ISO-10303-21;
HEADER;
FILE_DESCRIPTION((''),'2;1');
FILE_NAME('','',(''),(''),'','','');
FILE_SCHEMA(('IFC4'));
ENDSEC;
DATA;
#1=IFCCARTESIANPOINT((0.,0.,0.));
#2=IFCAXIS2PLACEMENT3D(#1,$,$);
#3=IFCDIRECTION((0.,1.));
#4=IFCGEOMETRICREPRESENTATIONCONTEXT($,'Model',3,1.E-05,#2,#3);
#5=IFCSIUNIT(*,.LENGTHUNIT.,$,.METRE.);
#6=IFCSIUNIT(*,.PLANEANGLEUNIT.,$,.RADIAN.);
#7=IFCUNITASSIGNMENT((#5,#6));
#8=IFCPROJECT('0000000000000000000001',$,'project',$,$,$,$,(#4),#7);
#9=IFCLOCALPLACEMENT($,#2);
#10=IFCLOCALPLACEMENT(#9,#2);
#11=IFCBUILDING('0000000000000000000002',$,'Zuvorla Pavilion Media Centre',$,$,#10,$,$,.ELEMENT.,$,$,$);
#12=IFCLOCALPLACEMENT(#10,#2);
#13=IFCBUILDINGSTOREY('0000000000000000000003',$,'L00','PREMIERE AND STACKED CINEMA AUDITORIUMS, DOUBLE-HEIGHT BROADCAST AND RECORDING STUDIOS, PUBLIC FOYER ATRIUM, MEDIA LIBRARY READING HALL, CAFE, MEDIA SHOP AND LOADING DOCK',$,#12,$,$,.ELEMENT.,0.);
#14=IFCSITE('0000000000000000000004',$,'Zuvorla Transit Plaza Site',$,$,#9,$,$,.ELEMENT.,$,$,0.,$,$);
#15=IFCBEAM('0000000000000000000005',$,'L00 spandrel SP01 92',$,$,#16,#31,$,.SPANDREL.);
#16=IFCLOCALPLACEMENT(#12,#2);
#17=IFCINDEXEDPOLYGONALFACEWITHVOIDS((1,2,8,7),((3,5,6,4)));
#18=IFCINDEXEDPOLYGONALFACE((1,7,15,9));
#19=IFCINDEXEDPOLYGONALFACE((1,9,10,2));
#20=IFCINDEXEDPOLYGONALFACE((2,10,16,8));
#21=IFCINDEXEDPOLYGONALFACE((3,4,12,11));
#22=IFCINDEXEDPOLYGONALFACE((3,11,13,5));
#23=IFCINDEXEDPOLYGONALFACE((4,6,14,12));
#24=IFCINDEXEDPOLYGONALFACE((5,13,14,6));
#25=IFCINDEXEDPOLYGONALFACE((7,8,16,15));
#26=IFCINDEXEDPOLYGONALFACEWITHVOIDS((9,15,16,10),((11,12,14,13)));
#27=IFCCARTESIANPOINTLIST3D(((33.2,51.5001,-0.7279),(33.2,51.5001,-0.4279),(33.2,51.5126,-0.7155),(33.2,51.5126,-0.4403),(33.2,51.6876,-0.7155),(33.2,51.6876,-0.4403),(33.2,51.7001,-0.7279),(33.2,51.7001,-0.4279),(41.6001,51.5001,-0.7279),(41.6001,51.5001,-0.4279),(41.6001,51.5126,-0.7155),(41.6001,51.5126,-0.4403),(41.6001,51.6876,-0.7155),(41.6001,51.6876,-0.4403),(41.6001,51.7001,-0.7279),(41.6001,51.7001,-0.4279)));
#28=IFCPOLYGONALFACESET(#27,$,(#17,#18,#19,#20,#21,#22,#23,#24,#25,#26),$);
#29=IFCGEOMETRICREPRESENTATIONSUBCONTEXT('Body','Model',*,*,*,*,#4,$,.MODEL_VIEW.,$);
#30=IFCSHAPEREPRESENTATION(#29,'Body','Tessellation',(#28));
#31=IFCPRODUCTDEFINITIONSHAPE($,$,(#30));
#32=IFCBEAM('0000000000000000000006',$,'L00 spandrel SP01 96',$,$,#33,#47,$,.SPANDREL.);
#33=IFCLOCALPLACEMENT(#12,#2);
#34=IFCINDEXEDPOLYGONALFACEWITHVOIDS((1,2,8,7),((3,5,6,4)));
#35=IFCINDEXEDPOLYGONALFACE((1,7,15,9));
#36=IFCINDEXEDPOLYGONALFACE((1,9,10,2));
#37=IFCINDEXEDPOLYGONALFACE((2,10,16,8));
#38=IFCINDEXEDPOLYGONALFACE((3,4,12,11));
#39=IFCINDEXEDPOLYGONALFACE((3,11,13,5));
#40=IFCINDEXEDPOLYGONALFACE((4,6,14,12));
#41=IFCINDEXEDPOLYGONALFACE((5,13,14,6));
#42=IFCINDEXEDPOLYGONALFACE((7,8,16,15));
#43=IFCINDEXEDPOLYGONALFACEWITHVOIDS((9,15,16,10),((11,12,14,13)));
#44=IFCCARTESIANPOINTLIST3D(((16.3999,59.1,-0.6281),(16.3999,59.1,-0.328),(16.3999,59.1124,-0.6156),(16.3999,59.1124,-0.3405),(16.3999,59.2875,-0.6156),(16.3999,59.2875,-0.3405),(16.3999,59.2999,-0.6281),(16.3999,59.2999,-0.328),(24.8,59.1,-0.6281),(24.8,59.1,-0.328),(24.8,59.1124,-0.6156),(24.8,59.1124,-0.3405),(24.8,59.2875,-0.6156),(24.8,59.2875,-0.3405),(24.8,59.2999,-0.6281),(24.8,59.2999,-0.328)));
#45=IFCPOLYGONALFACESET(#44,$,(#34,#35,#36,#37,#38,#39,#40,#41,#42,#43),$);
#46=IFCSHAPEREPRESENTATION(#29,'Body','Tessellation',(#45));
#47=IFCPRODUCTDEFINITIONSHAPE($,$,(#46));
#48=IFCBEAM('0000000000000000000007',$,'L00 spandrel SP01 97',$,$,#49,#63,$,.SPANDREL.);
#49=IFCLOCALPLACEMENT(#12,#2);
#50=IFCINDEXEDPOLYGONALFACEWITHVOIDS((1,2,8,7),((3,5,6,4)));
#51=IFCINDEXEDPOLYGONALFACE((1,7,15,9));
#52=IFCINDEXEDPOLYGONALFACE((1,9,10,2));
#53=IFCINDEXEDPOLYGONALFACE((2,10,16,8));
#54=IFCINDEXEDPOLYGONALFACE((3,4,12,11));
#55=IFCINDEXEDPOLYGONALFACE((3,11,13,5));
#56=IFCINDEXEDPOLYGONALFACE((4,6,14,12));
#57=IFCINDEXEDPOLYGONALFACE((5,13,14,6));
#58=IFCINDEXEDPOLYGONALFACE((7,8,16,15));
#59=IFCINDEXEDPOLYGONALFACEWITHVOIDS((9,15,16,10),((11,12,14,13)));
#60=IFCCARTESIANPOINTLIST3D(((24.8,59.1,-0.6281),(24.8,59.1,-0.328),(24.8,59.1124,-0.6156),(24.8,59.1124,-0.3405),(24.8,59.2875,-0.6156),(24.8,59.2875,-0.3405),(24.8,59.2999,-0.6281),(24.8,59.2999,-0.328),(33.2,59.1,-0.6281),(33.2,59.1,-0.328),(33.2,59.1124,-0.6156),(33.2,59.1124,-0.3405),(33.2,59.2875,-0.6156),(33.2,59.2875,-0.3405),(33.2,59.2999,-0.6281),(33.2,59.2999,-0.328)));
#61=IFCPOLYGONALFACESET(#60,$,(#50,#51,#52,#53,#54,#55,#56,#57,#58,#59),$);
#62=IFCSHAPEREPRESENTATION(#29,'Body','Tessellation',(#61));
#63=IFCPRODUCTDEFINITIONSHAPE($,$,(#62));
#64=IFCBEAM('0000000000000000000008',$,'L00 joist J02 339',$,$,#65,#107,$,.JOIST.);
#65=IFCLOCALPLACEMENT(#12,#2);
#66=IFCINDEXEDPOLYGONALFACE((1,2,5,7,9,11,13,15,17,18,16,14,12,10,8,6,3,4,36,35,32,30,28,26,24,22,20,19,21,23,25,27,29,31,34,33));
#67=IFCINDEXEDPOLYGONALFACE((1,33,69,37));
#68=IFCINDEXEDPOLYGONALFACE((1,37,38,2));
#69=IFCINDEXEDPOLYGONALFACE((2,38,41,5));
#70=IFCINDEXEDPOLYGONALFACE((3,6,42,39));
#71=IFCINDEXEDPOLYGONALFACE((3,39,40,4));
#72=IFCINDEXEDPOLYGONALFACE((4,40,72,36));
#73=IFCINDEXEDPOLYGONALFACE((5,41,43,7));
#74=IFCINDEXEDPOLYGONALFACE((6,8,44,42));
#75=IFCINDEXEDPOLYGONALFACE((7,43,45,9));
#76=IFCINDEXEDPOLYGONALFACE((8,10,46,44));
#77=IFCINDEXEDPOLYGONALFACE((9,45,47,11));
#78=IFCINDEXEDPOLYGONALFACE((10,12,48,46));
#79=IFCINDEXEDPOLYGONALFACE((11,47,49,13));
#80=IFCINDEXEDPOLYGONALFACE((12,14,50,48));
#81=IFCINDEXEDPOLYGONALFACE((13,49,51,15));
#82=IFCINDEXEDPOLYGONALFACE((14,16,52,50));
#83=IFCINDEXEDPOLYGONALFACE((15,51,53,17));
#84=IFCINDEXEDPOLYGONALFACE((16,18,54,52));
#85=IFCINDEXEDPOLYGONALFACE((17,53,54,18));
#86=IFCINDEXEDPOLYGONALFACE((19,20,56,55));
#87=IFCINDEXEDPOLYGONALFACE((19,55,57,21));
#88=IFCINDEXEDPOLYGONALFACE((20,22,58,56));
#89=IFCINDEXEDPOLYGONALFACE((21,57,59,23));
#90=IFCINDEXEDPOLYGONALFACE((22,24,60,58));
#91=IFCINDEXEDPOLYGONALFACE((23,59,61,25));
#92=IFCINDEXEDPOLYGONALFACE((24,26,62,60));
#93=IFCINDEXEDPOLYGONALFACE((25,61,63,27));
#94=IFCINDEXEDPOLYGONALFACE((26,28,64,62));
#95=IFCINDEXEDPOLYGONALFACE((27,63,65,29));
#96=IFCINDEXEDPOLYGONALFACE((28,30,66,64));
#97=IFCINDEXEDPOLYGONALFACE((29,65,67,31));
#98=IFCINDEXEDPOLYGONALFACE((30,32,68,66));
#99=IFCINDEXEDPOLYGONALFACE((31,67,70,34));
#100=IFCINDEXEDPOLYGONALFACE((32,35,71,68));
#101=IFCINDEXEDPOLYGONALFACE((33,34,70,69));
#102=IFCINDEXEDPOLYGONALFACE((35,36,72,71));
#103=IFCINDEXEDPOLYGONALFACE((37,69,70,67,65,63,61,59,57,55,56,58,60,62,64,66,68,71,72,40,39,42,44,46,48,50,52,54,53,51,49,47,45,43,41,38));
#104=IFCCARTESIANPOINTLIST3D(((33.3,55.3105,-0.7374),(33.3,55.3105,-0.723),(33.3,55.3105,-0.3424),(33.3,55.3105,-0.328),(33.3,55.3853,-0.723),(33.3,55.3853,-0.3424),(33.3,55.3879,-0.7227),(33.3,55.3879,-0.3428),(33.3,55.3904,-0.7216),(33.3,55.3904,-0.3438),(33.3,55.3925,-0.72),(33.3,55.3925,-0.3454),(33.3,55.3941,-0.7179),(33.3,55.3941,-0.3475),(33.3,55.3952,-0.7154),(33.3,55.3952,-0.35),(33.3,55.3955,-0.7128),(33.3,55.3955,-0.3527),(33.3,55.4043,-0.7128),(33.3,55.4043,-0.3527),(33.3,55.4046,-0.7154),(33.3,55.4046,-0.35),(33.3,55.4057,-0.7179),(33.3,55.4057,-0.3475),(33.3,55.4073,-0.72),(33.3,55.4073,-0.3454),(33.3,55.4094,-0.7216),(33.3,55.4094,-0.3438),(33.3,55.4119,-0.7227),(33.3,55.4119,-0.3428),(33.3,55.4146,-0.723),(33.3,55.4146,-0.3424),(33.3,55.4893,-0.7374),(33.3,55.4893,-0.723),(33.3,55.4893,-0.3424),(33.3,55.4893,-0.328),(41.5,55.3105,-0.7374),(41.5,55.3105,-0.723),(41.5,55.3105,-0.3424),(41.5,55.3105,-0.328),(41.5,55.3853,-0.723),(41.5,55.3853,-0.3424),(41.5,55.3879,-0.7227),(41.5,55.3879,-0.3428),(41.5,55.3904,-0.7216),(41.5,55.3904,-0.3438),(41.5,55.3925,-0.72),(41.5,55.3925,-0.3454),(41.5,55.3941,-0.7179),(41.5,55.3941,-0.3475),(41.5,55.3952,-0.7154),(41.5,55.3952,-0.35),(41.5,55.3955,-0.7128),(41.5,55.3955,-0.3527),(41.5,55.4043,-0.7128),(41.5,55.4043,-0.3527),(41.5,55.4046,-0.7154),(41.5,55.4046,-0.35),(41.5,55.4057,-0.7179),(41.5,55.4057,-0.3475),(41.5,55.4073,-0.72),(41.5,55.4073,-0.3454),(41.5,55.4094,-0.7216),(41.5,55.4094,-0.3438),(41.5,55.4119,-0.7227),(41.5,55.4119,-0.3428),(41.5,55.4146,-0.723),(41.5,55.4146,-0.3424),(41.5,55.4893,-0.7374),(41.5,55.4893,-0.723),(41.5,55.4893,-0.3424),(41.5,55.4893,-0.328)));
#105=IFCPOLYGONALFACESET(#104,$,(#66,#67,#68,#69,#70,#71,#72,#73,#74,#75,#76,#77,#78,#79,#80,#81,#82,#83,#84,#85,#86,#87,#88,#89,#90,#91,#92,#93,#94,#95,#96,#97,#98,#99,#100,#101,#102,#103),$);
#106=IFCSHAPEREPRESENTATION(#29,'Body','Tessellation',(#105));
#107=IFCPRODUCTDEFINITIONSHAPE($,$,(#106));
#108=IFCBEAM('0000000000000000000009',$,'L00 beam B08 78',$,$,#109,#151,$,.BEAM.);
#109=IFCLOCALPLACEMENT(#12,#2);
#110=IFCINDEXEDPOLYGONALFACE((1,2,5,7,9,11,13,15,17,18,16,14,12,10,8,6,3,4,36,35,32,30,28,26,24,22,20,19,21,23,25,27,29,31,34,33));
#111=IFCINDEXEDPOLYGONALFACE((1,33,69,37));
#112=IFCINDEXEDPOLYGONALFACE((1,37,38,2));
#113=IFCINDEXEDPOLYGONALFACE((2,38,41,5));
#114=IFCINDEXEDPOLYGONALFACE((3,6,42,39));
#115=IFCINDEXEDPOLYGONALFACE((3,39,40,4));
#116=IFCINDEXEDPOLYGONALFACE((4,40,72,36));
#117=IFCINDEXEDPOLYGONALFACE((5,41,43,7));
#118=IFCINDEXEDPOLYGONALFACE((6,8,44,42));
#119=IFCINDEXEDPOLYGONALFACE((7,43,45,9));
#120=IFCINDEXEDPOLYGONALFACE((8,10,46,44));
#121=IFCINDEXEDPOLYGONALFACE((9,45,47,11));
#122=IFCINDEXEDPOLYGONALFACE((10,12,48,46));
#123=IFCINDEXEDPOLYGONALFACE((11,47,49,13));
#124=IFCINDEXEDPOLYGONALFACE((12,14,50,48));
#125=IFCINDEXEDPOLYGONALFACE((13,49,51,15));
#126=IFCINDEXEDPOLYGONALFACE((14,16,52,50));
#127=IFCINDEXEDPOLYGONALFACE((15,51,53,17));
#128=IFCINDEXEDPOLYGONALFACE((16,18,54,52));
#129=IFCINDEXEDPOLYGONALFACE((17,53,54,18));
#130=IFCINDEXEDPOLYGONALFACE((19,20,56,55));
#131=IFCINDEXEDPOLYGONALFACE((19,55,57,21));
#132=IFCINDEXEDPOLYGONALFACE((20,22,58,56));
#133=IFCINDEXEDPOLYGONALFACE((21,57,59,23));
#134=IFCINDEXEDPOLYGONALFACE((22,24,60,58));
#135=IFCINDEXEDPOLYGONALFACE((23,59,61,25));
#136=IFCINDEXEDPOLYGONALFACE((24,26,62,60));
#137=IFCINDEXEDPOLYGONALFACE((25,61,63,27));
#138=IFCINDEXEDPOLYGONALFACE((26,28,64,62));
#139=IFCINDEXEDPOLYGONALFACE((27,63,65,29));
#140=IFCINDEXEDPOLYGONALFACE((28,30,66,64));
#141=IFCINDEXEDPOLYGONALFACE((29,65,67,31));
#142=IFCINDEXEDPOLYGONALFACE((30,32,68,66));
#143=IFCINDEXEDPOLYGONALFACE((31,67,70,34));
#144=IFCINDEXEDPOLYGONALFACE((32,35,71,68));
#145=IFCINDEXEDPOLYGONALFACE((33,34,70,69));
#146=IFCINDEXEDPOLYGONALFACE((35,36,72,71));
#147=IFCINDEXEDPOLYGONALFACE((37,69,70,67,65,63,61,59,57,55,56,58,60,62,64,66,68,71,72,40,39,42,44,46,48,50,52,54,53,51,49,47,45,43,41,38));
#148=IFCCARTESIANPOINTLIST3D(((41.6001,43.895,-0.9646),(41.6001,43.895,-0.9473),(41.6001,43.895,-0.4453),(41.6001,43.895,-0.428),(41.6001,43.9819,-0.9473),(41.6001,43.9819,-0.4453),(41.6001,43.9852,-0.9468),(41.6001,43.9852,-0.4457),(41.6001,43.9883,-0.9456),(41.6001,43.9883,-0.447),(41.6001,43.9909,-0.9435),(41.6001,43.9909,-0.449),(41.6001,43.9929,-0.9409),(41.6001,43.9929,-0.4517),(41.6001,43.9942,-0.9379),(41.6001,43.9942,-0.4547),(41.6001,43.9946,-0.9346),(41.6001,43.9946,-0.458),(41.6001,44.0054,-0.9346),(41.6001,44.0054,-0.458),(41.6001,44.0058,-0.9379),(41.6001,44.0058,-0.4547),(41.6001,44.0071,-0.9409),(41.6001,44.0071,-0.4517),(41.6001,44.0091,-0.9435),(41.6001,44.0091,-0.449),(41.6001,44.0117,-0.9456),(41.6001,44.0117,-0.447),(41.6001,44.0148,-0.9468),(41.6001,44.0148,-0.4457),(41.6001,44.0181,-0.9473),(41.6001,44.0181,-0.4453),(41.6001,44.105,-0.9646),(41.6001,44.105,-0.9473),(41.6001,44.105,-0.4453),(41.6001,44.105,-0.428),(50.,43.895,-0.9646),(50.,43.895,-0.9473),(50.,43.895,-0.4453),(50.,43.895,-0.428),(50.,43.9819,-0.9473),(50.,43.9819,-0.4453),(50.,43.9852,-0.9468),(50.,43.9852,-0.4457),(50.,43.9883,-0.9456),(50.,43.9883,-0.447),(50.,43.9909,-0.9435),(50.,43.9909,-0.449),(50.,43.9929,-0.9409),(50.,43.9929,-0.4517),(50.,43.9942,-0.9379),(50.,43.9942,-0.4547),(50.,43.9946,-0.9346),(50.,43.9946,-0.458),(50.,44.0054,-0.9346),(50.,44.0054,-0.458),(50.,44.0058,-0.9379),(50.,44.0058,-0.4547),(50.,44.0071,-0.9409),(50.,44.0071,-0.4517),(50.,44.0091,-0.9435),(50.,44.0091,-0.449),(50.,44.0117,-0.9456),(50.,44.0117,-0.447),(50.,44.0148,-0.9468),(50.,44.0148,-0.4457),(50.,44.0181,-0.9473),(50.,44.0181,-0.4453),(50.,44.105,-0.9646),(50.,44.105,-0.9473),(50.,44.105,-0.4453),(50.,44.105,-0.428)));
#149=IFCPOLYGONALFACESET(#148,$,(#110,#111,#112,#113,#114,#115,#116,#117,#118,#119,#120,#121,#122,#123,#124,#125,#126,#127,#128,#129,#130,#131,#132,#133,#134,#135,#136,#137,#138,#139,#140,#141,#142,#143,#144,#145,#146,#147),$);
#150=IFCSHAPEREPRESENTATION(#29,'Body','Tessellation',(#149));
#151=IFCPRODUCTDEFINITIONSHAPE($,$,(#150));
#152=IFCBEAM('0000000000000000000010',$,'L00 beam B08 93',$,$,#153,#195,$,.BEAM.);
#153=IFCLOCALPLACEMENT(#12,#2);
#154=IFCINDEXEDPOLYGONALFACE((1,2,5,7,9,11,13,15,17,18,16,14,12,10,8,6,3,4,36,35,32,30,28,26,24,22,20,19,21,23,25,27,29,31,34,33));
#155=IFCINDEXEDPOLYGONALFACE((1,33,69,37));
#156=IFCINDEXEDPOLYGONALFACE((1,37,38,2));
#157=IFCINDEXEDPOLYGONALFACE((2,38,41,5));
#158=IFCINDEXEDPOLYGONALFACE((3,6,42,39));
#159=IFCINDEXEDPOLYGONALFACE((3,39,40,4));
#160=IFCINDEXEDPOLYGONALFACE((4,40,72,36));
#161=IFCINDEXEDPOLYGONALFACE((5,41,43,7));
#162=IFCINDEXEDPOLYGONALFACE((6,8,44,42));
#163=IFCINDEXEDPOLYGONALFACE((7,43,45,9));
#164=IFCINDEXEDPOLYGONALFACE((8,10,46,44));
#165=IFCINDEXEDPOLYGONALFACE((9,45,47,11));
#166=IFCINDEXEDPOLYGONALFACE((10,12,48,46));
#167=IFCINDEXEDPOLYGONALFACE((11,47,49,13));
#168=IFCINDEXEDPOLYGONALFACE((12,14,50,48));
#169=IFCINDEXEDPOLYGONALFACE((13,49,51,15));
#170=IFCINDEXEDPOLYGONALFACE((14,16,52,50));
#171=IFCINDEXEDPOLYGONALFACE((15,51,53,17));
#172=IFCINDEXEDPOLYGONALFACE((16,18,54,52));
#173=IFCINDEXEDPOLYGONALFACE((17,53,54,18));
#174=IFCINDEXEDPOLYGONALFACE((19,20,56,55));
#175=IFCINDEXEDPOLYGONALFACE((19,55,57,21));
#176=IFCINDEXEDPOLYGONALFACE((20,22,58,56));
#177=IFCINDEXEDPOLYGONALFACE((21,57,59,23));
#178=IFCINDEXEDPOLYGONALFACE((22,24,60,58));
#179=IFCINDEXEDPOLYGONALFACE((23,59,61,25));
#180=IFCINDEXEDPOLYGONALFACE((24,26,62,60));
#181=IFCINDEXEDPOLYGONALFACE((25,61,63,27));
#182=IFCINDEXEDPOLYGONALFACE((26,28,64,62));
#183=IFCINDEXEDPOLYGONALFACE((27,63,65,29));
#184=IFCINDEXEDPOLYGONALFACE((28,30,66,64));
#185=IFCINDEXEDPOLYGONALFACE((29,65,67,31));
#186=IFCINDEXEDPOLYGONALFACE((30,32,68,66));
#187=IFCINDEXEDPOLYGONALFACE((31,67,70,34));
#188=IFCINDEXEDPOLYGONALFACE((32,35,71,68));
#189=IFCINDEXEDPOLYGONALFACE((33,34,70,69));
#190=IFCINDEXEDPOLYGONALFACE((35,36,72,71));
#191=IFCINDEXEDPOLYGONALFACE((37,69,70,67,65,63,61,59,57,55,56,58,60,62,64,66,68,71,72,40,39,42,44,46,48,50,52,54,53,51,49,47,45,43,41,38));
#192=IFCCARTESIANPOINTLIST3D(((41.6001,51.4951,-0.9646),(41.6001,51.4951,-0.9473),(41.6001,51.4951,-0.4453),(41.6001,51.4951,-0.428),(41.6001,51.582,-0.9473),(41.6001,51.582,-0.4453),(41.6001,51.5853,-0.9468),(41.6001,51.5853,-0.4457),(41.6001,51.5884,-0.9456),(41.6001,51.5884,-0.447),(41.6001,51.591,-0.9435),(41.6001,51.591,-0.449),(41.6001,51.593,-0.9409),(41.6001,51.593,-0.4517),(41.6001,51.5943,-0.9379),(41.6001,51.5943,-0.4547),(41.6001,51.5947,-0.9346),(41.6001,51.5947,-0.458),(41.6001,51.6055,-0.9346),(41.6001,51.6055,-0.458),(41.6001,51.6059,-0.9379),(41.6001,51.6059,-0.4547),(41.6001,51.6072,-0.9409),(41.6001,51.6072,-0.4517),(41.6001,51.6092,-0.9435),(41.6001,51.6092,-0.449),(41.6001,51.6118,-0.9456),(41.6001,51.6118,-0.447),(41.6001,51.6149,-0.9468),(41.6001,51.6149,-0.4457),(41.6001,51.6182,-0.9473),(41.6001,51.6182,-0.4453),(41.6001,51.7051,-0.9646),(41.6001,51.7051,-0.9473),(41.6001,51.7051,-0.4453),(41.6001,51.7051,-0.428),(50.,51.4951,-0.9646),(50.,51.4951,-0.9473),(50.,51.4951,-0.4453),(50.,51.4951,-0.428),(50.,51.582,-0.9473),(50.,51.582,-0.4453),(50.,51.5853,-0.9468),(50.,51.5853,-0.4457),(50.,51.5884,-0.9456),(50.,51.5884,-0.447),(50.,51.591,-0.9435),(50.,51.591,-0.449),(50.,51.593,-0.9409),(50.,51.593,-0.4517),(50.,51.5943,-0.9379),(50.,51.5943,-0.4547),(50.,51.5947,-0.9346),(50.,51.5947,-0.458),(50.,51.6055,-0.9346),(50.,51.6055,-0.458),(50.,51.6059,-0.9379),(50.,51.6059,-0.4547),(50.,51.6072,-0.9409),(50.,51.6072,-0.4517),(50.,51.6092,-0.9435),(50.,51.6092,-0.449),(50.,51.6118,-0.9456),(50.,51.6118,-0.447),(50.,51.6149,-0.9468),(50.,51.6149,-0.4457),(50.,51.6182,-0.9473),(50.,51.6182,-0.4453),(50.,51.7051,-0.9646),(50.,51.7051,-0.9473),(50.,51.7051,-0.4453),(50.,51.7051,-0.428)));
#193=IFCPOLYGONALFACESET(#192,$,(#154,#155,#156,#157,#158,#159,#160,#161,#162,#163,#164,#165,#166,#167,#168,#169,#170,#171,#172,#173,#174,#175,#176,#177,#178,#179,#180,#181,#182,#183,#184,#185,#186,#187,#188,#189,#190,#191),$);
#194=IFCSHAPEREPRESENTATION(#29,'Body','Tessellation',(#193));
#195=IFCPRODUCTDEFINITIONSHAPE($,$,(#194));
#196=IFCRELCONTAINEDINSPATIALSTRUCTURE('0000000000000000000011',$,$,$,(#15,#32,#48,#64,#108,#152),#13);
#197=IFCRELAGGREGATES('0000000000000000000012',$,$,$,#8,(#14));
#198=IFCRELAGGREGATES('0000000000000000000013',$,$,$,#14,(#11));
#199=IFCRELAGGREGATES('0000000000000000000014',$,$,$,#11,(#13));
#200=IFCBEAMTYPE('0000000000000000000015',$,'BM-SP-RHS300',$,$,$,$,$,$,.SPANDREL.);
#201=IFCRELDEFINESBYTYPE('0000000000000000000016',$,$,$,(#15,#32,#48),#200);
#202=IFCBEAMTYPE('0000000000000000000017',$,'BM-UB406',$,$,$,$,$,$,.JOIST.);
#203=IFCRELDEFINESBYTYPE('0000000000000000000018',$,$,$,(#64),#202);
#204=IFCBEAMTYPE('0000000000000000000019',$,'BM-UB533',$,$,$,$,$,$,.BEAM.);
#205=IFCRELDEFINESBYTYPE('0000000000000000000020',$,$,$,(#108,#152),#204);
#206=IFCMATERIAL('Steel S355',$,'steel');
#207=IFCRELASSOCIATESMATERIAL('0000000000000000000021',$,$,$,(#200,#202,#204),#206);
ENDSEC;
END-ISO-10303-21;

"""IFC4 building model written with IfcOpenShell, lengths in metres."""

from ifc_helpers import new_model, si_unit, direction, frame, origin, origin_2d, place, context, subcontext, project, spatial, hollow_rectangle, i_section, extrude, material, material_profile, profile_set, type_object, element, save


model = new_model("IFC4")

# Units and contexts
model_context = context("Model", 3, precision=1e-05, world=origin(), true_north=direction((0.0, 1.0)))
body_context = subcontext(model_context, "Body", "Model", "MODEL_VIEW")
ifc_project = project(units=[si_unit("LENGTHUNIT", "METRE"), si_unit("PLANEANGLEUNIT", "RADIAN")], contexts=[model_context])

# Site, building, storey
site_placement = place(None, origin())
site = spatial("IfcSite", under=ifc_project, at=site_placement, Name="Zuvorla Transit Plaza Site", CompositionType="ELEMENT", RefElevation=0.0)
building_placement = place(site_placement, origin())
building = spatial("IfcBuilding", under=site, at=building_placement, Name="Zuvorla Pavilion Media Centre", CompositionType="ELEMENT")
storey_placement = place(building_placement, origin())
storey = spatial("IfcBuildingStorey", under=building, at=storey_placement, Name="L00", Description="PREMIERE AND STACKED CINEMA AUDITORIUMS, DOUBLE-HEIGHT BROADCAST AND RECORDING STUDIOS, PUBLIC FOYER ATRIUM, MEDIA LIBRARY READING HALL, CAFE, MEDIA SHOP AND LOADING DOCK", CompositionType="ELEMENT", Elevation=0.0)

# Beams
ifc_material_1 = material(Name="Steel S355", Category="steel")
ifc_material_profile_1 = material_profile(ifc_material_1, hollow_rectangle(XDim=0.2, YDim=0.3, WallThickness=0.0125, at=origin_2d()), Name="RHS 300x200x12.5")
ifc_profile_set_1 = profile_set([ifc_material_profile_1], Name="Steel S355")
beam_type_1 = type_object("IfcBeamType", Name="BM-SP-RHS300", PredefinedType="SPANDREL", material=ifc_profile_set_1)
for number, where, z_axis, x_axis, name in (
    (1, (33.2, 51.6001, -0.5779), (1.0, 0.0, 0.0), (0.0, 1.0, 0.0), "L00 spandrel SP01 92"),
    (2, (16.3999, 59.2, -0.478), (1.0, 0.0, 0.0), (0.0, 1.0, 0.0), "L00 spandrel SP01 96"),
):
    element("IfcBeam", number, at=place(storey_placement, frame(where, z_axis=z_axis, x_axis=x_axis)), inside=storey, type_object=beam_type_1, Name=name, PredefinedType="SPANDREL", context=body_context, shape_type="SweptSolid", body=[
        extrude(hollow_rectangle(XDim=0.2, YDim=0.3, WallThickness=0.0125, at=origin_2d()), origin(), (0.0, 0.0, 1.0), 8.4001),
    ])
beam_1_placement = place(storey_placement, frame((24.8, 59.2, -0.478), z_axis=(1.0, 0.0, 0.0), x_axis=(0.0, 1.0, 0.0)))
element("IfcBeam", 3, at=beam_1_placement, inside=storey, type_object=beam_type_1, Name="L00 spandrel SP01 97", PredefinedType="SPANDREL", context=body_context, shape_type="SweptSolid", body=[
    extrude(hollow_rectangle(XDim=0.2, YDim=0.3, WallThickness=0.0125, at=origin_2d()), origin(), (0.0, 0.0, 1.0), 8.3999),
])
ifc_material_profile_2 = material_profile(ifc_material_1, i_section(OverallWidth=0.1787, OverallDepth=0.4094, WebThickness=0.0088, FlangeThickness=0.0144, FilletRadius=0.0103, at=origin_2d()), Name="UB 406x178x67")
ifc_profile_set_2 = profile_set([ifc_material_profile_2], Name="Steel S355")
beam_type_2 = type_object("IfcBeamType", Name="BM-UB406", PredefinedType="JOIST", material=ifc_profile_set_2)
beam_2_placement = place(storey_placement, frame((33.3, 55.3999, -0.5327), z_axis=(1.0, 0.0, 0.0), x_axis=(0.0, 1.0, 0.0)))
element("IfcBeam", 4, at=beam_2_placement, inside=storey, type_object=beam_type_2, Name="L00 joist J02 339", PredefinedType="JOIST", context=body_context, shape_type="SweptSolid", body=[
    extrude(i_section(OverallWidth=0.1787, OverallDepth=0.4094, WebThickness=0.0088, FlangeThickness=0.0144, FilletRadius=0.0103, at=origin_2d()), origin(), (0.0, 0.0, 1.0), 8.2),
])
ifc_material_profile_3 = material_profile(ifc_material_1, i_section(OverallWidth=0.21, OverallDepth=0.5366, WebThickness=0.0107, FlangeThickness=0.0173, FilletRadius=0.0127, at=origin_2d()), Name="UB 533x210x101")
ifc_profile_set_3 = profile_set([ifc_material_profile_3], Name="Steel S355")
beam_type_3 = type_object("IfcBeamType", Name="BM-UB533", PredefinedType="BEAM", material=ifc_profile_set_3)
for number, where, z_axis, x_axis, name in (
    (5, (41.6001, 44.0, -0.6963), (1.0, 0.0, 0.0), (0.0, 1.0, 0.0), "L00 beam B08 78"),
    (6, (41.6001, 51.6001, -0.6963), (1.0, 0.0, 0.0), (0.0, 1.0, 0.0), "L00 beam B08 93"),
):
    element("IfcBeam", number, at=place(storey_placement, frame(where, z_axis=z_axis, x_axis=x_axis)), inside=storey, type_object=beam_type_3, Name=name, PredefinedType="BEAM", context=body_context, shape_type="SweptSolid", body=[
        extrude(i_section(OverallWidth=0.21, OverallDepth=0.5366, WebThickness=0.0107, FlangeThickness=0.0173, FilletRadius=0.0127, at=origin_2d()), origin(), (0.0, 0.0, 1.0), 8.3999),
    ])

save(model, "model.ifc")
